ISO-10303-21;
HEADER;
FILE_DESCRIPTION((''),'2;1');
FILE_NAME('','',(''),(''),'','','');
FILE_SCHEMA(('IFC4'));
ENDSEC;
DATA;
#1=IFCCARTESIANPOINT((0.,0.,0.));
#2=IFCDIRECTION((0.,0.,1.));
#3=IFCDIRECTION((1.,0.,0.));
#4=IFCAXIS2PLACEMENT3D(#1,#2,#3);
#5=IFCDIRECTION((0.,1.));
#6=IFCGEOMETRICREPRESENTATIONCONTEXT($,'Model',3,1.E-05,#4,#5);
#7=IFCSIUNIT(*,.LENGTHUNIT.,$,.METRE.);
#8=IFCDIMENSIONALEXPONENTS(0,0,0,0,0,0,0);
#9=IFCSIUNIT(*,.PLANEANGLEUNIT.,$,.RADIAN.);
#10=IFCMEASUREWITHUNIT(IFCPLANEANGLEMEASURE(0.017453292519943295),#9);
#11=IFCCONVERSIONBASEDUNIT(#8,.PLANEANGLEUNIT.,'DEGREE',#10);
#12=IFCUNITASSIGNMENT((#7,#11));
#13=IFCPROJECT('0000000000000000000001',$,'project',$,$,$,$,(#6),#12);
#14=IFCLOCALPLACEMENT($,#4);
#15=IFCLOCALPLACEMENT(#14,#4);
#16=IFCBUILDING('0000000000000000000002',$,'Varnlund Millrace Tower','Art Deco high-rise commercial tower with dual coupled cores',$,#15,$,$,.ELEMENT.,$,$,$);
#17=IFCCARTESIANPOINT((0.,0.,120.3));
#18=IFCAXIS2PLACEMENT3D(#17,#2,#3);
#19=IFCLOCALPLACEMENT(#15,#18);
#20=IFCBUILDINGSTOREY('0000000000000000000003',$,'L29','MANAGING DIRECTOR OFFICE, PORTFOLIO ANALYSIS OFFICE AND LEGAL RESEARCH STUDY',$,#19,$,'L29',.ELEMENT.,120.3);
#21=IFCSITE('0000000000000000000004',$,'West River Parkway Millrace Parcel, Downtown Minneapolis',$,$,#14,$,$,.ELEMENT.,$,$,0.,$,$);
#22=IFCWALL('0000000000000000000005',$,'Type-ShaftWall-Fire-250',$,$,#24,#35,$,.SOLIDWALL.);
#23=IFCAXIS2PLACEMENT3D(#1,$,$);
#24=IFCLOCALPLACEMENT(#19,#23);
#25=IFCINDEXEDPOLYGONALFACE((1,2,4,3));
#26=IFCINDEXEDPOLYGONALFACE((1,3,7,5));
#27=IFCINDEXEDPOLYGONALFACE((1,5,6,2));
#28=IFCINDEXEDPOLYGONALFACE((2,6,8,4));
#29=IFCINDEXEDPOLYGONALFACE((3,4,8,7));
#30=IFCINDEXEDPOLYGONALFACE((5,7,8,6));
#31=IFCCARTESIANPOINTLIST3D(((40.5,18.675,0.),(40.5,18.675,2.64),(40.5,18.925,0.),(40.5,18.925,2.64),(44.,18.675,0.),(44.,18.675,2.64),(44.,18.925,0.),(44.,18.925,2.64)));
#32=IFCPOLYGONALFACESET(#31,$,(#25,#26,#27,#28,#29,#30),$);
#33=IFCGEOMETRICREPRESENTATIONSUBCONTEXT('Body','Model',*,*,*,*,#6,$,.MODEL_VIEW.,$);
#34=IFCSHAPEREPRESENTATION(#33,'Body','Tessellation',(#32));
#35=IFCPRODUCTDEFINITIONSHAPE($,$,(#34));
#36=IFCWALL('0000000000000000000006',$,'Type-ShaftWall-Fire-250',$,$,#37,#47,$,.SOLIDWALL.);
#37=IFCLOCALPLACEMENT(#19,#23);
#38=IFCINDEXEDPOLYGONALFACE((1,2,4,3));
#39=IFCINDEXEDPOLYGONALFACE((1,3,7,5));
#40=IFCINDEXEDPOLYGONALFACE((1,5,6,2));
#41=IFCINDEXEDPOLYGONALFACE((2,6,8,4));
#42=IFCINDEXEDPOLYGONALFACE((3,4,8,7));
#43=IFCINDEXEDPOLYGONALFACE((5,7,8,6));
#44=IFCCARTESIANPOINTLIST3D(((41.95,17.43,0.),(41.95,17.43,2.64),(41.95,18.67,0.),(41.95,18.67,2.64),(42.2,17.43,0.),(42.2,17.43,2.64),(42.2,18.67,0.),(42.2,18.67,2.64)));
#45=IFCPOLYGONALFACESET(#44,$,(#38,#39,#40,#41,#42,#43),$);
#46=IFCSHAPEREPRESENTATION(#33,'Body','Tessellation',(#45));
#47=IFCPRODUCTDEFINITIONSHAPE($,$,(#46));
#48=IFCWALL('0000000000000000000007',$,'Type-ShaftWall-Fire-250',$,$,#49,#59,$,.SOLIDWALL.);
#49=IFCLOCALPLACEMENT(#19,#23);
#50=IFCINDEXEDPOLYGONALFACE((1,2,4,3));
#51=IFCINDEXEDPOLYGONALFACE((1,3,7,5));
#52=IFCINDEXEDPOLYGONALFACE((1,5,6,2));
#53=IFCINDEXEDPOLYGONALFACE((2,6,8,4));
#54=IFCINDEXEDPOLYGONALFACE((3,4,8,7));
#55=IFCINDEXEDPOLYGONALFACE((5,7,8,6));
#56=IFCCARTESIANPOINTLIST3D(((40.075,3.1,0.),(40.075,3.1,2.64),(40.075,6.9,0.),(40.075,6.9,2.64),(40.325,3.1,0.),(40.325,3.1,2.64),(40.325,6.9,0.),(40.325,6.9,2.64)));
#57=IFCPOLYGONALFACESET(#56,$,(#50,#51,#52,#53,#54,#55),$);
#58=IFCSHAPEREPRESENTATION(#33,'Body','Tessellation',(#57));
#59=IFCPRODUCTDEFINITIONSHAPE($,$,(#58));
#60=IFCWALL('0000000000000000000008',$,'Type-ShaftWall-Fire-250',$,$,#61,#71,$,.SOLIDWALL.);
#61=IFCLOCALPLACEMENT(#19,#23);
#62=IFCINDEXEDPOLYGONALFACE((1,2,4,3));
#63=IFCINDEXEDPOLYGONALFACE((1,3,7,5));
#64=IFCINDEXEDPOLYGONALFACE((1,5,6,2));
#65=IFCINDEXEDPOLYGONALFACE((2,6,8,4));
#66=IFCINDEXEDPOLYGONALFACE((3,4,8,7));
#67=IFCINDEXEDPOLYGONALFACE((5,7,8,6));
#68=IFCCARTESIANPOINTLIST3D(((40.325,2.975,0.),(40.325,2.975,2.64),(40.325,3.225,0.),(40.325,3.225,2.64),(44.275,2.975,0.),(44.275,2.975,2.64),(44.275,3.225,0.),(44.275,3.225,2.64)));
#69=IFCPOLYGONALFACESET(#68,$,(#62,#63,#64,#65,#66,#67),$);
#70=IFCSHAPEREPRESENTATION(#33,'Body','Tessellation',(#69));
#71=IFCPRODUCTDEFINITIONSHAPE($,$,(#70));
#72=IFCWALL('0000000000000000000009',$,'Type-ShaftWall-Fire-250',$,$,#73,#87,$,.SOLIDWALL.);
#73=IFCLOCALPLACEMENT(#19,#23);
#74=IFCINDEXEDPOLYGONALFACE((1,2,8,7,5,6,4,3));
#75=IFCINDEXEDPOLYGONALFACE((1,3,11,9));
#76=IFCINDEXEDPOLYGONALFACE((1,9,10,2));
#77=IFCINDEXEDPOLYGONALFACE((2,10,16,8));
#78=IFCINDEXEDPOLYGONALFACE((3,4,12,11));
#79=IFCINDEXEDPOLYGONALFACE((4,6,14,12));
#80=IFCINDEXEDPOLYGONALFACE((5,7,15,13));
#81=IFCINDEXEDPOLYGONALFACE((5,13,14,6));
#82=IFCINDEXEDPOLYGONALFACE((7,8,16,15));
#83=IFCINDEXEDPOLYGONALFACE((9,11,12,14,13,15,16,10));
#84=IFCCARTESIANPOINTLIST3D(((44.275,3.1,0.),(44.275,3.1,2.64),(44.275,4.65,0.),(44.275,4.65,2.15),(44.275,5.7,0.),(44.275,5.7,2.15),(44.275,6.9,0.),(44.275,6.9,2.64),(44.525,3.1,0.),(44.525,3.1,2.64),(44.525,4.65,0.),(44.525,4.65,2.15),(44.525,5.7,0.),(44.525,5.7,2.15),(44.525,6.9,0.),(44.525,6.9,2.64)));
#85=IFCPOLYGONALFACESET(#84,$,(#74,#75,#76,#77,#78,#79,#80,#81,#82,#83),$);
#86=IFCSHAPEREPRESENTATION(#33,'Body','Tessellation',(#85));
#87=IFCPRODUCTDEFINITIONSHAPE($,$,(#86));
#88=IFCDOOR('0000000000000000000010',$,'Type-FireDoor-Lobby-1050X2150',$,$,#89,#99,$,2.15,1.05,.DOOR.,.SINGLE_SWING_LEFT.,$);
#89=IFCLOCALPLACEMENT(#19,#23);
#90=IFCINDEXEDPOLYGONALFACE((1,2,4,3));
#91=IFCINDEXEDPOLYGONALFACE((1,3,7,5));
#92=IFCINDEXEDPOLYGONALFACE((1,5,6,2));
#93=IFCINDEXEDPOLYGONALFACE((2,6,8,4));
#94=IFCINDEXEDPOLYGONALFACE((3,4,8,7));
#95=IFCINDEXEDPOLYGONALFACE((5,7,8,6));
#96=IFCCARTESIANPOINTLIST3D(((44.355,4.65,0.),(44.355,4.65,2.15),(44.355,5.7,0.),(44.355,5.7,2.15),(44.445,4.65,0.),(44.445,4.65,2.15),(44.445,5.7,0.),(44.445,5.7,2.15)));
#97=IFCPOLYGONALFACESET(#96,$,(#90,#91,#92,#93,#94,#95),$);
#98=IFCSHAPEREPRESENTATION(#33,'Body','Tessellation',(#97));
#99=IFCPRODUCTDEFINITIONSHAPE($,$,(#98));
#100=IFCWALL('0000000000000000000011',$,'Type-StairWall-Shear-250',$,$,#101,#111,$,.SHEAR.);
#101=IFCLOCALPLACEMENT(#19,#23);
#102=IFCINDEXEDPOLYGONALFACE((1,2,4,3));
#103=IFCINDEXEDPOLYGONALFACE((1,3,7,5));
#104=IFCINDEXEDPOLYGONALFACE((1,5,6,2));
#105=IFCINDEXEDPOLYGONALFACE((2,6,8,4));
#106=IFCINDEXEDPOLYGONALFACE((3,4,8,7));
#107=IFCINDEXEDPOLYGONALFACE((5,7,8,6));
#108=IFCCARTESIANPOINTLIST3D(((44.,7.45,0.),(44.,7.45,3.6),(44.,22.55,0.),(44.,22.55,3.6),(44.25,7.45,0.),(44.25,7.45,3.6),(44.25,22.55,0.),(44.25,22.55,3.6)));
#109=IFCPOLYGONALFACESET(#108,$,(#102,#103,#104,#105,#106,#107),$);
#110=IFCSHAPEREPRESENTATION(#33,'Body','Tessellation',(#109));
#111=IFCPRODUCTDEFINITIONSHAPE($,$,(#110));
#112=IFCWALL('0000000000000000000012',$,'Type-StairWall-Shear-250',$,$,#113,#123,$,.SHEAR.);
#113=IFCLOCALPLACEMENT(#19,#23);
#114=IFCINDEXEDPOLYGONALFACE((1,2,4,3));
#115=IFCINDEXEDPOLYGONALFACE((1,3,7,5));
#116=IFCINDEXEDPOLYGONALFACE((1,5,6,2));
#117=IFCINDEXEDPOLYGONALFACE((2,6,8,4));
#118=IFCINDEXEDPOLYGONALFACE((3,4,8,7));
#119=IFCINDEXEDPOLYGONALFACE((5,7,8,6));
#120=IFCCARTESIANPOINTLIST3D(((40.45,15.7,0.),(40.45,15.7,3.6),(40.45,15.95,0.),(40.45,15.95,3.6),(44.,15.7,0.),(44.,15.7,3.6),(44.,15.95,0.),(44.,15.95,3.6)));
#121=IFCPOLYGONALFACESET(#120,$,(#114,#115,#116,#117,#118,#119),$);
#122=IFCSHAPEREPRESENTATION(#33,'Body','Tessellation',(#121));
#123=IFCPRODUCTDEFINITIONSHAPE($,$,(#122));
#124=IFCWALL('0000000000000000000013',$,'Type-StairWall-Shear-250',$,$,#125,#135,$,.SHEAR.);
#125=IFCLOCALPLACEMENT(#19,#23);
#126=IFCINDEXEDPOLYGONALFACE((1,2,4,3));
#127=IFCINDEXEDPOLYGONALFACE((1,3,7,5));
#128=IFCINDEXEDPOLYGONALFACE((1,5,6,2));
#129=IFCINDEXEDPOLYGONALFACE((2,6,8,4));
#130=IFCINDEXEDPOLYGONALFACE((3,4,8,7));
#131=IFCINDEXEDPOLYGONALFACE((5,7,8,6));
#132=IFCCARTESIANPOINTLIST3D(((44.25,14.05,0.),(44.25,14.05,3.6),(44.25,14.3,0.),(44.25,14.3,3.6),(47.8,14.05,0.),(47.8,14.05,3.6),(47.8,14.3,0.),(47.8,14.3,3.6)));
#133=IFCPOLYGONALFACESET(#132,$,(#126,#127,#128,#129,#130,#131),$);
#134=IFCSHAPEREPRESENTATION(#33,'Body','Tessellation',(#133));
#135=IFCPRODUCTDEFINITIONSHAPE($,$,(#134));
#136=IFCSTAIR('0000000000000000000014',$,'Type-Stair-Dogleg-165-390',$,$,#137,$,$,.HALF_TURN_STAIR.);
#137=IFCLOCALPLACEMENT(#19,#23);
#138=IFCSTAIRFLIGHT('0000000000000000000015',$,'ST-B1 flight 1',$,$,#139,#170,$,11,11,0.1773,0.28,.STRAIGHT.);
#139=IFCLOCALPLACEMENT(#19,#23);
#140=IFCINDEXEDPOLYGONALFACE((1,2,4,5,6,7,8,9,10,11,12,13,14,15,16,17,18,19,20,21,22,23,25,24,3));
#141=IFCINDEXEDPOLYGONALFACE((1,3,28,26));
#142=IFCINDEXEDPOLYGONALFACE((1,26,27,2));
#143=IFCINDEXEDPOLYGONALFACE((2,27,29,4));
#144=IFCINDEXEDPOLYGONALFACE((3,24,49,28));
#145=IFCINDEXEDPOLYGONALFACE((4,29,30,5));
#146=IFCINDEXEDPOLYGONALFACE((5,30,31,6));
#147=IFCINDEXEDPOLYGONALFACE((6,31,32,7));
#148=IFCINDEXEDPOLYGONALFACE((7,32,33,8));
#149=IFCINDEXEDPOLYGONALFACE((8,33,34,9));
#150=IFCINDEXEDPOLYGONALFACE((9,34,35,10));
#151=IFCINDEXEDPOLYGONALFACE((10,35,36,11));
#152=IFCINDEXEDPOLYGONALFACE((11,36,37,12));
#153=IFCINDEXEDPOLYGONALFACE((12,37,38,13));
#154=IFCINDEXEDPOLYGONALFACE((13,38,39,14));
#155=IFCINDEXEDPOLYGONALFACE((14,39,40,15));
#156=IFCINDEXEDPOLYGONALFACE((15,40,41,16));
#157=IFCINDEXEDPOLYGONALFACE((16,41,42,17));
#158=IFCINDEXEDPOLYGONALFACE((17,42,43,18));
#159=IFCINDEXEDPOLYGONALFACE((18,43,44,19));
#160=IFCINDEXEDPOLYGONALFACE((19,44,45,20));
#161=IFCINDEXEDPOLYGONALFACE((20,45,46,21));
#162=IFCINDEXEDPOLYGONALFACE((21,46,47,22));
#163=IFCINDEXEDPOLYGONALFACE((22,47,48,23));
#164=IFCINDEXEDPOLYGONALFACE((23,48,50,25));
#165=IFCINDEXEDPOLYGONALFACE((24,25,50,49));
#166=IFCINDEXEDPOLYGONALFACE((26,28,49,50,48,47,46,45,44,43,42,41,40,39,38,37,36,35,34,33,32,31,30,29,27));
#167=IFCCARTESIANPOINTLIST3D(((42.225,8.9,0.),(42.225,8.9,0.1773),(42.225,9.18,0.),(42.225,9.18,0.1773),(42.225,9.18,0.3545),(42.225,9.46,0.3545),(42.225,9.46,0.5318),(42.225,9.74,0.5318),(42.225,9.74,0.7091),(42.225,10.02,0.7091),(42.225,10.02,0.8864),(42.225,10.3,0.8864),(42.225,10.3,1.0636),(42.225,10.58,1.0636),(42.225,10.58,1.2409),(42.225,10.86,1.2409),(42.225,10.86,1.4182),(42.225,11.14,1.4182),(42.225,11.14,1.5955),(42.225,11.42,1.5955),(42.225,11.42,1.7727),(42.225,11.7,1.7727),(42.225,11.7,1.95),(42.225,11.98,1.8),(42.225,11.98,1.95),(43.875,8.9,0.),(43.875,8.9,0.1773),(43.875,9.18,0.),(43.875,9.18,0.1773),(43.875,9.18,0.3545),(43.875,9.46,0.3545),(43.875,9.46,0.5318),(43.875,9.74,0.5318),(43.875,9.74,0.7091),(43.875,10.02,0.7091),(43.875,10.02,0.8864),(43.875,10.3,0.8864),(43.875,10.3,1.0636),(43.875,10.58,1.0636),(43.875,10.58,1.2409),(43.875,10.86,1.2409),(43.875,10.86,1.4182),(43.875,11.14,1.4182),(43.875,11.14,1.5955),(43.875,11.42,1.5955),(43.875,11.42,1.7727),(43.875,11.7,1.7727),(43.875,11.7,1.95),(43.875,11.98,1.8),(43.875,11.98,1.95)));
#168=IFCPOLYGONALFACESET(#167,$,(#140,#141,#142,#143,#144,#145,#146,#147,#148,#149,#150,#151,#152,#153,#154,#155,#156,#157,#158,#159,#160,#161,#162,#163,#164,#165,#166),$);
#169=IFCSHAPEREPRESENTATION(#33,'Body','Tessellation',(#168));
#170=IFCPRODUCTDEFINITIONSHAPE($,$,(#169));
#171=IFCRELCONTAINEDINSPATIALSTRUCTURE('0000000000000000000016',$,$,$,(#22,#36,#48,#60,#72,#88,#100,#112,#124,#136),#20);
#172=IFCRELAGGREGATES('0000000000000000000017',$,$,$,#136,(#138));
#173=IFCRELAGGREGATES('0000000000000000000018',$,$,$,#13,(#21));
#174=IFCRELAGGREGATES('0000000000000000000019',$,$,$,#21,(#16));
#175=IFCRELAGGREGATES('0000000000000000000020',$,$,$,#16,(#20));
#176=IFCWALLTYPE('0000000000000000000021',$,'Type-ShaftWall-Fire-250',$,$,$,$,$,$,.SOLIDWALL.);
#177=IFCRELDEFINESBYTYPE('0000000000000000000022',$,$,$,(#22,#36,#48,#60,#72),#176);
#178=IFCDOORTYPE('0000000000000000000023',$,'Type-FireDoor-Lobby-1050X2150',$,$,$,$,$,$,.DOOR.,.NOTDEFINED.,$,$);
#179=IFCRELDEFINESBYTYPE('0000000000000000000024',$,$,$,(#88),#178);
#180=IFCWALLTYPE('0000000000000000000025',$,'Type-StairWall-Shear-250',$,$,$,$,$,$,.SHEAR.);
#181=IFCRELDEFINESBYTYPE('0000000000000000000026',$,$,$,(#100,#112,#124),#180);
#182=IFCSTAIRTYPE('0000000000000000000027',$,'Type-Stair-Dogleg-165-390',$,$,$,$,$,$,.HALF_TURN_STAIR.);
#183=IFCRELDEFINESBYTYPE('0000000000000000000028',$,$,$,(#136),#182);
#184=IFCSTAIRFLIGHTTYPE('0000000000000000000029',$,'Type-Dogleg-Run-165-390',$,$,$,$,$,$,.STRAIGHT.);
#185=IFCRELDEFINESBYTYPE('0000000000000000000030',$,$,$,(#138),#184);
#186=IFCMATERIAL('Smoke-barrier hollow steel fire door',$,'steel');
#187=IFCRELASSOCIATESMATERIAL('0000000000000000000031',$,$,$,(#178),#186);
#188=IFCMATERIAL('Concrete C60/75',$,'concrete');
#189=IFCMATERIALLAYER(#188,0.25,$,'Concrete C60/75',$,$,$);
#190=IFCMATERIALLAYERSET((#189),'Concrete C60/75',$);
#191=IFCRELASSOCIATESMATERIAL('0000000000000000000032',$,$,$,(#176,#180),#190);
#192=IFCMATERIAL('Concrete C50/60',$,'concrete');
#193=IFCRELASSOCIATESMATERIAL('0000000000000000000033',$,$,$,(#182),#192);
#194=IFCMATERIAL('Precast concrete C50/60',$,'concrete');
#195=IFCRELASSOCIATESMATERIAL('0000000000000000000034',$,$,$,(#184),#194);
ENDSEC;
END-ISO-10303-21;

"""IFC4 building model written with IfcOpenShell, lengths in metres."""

from ifc_helpers import new_model, entity, si_unit, converted_unit, direction, frame, origin_with_axes, origin_2d_with_axis, place, context, subcontext, project, spatial, polyline, rectangle, outline, extrude, material, layer, layer_set, type_object, element, fill, aggregate, save


model = new_model("IFC4")

# Units and contexts
model_context = context("Model", 3, precision=1e-05, world=origin_with_axes(), true_north=direction((0.0, 1.0)))
body_context = subcontext(model_context, "Body", "Model", "MODEL_VIEW")
ifc_project = project(units=[si_unit("LENGTHUNIT", "METRE"), converted_unit("PLANEANGLEUNIT", "DEGREE", entity("IfcPlaneAngleMeasure", 0.017453292519943295), si_unit("PLANEANGLEUNIT", "RADIAN"), dimensions=[0, 0, 0, 0, 0, 0, 0])], contexts=[model_context])

# Site, building, storey
site_placement = place(None, origin_with_axes())
site = spatial("IfcSite", under=ifc_project, at=site_placement, Name="West River Parkway Millrace Parcel, Downtown Minneapolis", CompositionType="ELEMENT", RefElevation=0.0)
building_placement = place(site_placement, origin_with_axes())
building = spatial("IfcBuilding", under=site, at=building_placement, Name="Varnlund Millrace Tower", Description="Art Deco high-rise commercial tower with dual coupled cores", CompositionType="ELEMENT")
storey_placement = place(building_placement, frame((0.0, 0.0, 120.3), z_axis=(0.0, 0.0, 1.0), x_axis=(1.0, 0.0, 0.0)))
storey = spatial("IfcBuildingStorey", under=building, at=storey_placement, Name="L29", Description="MANAGING DIRECTOR OFFICE, PORTFOLIO ANALYSIS OFFICE AND LEGAL RESEARCH STUDY", LongName="L29", CompositionType="ELEMENT", Elevation=120.3)

# Shared definitions
ifc_material_1 = material(Name="Smoke-barrier hollow steel fire door", Category="steel")
door_type_1 = type_object("IfcDoorType", Name="Type-FireDoor-Lobby-1050X2150", OperationType="NOTDEFINED", PredefinedType="DOOR", material=ifc_material_1)

# Walls
ifc_material_2 = material(Name="Concrete C60/75", Category="concrete")
ifc_layer_1 = layer(ifc_material_2, 0.25, Name="Concrete C60/75")
ifc_layer_set_1 = layer_set([ifc_layer_1], Name="Concrete C60/75")
wall_type_1 = type_object("IfcWallType", Name="Type-ShaftWall-Fire-250", PredefinedType="SOLIDWALL", material=ifc_layer_set_1)
for number, where, z_axis, x_axis, name in (
    (1, (40.5, 18.8, 0.0), (0.0, 0.0, 1.0), (1.0, 0.0, 0.0), "Type-ShaftWall-Fire-250"),
):
    element("IfcWall", number, at=place(storey_placement, frame(where, z_axis=z_axis, x_axis=x_axis)), inside=storey, type_object=wall_type_1, Name=name, PredefinedType="SOLIDWALL", context=body_context, shape_type="SweptSolid", body=[
        extrude(outline(polyline([(0.0, -0.125), (3.5, -0.125), (3.5, 0.125), (0.0, 0.125), (0.0, -0.125)])), origin_with_axes(), (0.0, 0.0, 1.0), 2.64),
    ])
wall_1_placement = place(storey_placement, frame((42.075, 17.43, 0.0), z_axis=(0.0, 0.0, 1.0), x_axis=(0.0, 1.0, 0.0)))
element("IfcWall", 2, at=wall_1_placement, inside=storey, type_object=wall_type_1, Name="Type-ShaftWall-Fire-250", PredefinedType="SOLIDWALL", context=body_context, shape_type="SweptSolid", body=[
    extrude(outline(polyline([(0.0, -0.125), (1.24, -0.125), (1.24, 0.125), (0.0, 0.125), (0.0, -0.125)])), origin_with_axes(), (0.0, 0.0, 1.0), 2.64),
])
wall_2_placement = place(storey_placement, frame((40.2, 3.1, 0.0), z_axis=(0.0, 0.0, 1.0), x_axis=(0.0, 1.0, 0.0)))
element("IfcWall", 3, at=wall_2_placement, inside=storey, type_object=wall_type_1, Name="Type-ShaftWall-Fire-250", PredefinedType="SOLIDWALL", context=body_context, shape_type="SweptSolid", body=[
    extrude(outline(polyline([(0.0, -0.125), (3.8, -0.125), (3.8, 0.125), (0.0, 0.125), (0.0, -0.125)])), origin_with_axes(), (0.0, 0.0, 1.0), 2.64),
])
wall_3_placement = place(storey_placement, frame((40.325, 3.1, 0.0), z_axis=(0.0, 0.0, 1.0), x_axis=(1.0, 0.0, 0.0)))
element("IfcWall", 4, at=wall_3_placement, inside=storey, type_object=wall_type_1, Name="Type-ShaftWall-Fire-250", PredefinedType="SOLIDWALL", context=body_context, shape_type="SweptSolid", body=[
    extrude(outline(polyline([(0.0, -0.125), (3.95, -0.125), (3.95, 0.125), (0.0, 0.125), (0.0, -0.125)])), origin_with_axes(), (0.0, 0.0, 1.0), 2.64),
])

# Wall, opening, door
wall_4_placement = place(storey_placement, frame((44.4, 3.1, 0.0), z_axis=(0.0, 0.0, 1.0), x_axis=(0.0, 1.0, 0.0)))
wall_4 = element("IfcWall", 5, at=wall_4_placement, inside=storey, type_object=wall_type_1, Name="Type-ShaftWall-Fire-250", PredefinedType="SOLIDWALL", context=body_context, shape_type="SweptSolid", body=[
    extrude(outline(polyline([(0.0, -0.125), (3.8, -0.125), (3.8, 0.125), (0.0, 0.125), (0.0, -0.125)])), origin_with_axes(), (0.0, 0.0, 1.0), 2.64),
])
opening_1_placement = place(wall_4_placement, frame((2.075, 0.0, 0.0), z_axis=(0.0, 0.0, 1.0), x_axis=(1.0, 0.0, 0.0)))
opening_1 = element("IfcOpeningElement", 6, at=opening_1_placement, cuts=wall_4, PredefinedType="OPENING", context=body_context, shape_type="SweptSolid", body=[
    extrude(rectangle(XDim=1.05, YDim=0.27, at=origin_2d_with_axis()), origin_with_axes(), (0.0, 0.0, 1.0), 2.15),
])
door_1_placement = place(wall_4_placement, frame((2.075, 0.0, 0.0), z_axis=(0.0, 0.0, 1.0), x_axis=(1.0, 0.0, 0.0)))
door_1 = element("IfcDoor", 7, at=door_1_placement, inside=storey, type_object=door_type_1, Name="Type-FireDoor-Lobby-1050X2150", OperationType="SINGLE_SWING_LEFT", OverallHeight=2.15, OverallWidth=1.05, PredefinedType="DOOR", context=body_context, shape_type="SweptSolid", body=[
    extrude(rectangle(XDim=1.05, YDim=0.09, at=origin_2d_with_axis()), origin_with_axes(), (0.0, 0.0, 1.0), 2.15),
])
fill(opening_1, door_1)

# Walls
wall_type_2 = type_object("IfcWallType", Name="Type-StairWall-Shear-250", PredefinedType="SHEAR", material=ifc_layer_set_1)
wall_5_placement = place(storey_placement, frame((44.125, 7.45, 0.0), z_axis=(0.0, 0.0, 1.0), x_axis=(0.0, 1.0, 0.0)))
element("IfcWall", 8, at=wall_5_placement, inside=storey, type_object=wall_type_2, Name="Type-StairWall-Shear-250", PredefinedType="SHEAR", context=body_context, shape_type="SweptSolid", body=[
    extrude(outline(polyline([(0.0, -0.125), (15.1, -0.125), (15.1, 0.125), (0.0, 0.125), (0.0, -0.125)])), origin_with_axes(), (0.0, 0.0, 1.0), 3.6),
])
for number, where, z_axis, x_axis, name in (
    (9, (40.45, 15.825, 0.0), (0.0, 0.0, 1.0), (1.0, 0.0, 0.0), "Type-StairWall-Shear-250"),
    (10, (44.25, 14.175, 0.0), (0.0, 0.0, 1.0), (1.0, 0.0, 0.0), "Type-StairWall-Shear-250"),
):
    element("IfcWall", number, at=place(storey_placement, frame(where, z_axis=z_axis, x_axis=x_axis)), inside=storey, type_object=wall_type_2, Name=name, PredefinedType="SHEAR", context=body_context, shape_type="SweptSolid", body=[
        extrude(outline(polyline([(0.0, -0.125), (3.55, -0.125), (3.55, 0.125), (0.0, 0.125), (0.0, -0.125)])), origin_with_axes(), (0.0, 0.0, 1.0), 3.6),
    ])

# Stair, stair flight
ifc_material_3 = material(Name="Concrete C50/60", Category="concrete")
stair_type = type_object("IfcStairType", Name="Type-Stair-Dogleg-165-390", PredefinedType="HALF_TURN_STAIR", material=ifc_material_3)
stair_1_placement = place(storey_placement, origin_with_axes())
stair_1 = element("IfcStair", 11, at=stair_1_placement, inside=storey, type_object=stair_type, Name="Type-Stair-Dogleg-165-390", PredefinedType="HALF_TURN_STAIR")
ifc_material_4 = material(Name="Precast concrete C50/60", Category="concrete")
stair_flight_type = type_object("IfcStairFlightType", Name="Type-Dogleg-Run-165-390", PredefinedType="STRAIGHT", material=ifc_material_4)
stair_flight_1_placement = place(storey_placement, frame((42.225, 8.9, 0.0), z_axis=(1.0, 0.0, 0.0), x_axis=(0.0, 1.0, 0.0)))
stair_flight_1 = element("IfcStairFlight", 12, at=stair_flight_1_placement, type_object=stair_flight_type, Name="ST-B1 flight 1", NumberOfRisers=11, NumberOfTreads=11, PredefinedType="STRAIGHT", RiserHeight=0.1773, TreadLength=0.28, context=body_context, shape_type="SweptSolid", body=[
    extrude(outline(polyline([(0.0, 0.0), (0.0, 0.1773), (0.28, 0.1773), (0.28, 0.3545), (0.56, 0.3545), (0.56, 0.5318), (0.84, 0.5318), (0.84, 0.7091), (1.12, 0.7091), (1.12, 0.8864), (1.4, 0.8864), (1.4, 1.0636), (1.68, 1.0636), (1.68, 1.2409), (1.96, 1.2409), (1.96, 1.4182), (2.24, 1.4182), (2.24, 1.5955), (2.52, 1.5955), (2.52, 1.7727), (2.8, 1.7727), (2.8, 1.95), (3.08, 1.95), (3.08, 1.8), (0.28, 0.0), (0.0, 0.0)])), origin_with_axes(), (0.0, 0.0, 1.0), 1.65),
])
aggregate(stair_1, [stair_flight_1])

save(model, "model.ifc")
